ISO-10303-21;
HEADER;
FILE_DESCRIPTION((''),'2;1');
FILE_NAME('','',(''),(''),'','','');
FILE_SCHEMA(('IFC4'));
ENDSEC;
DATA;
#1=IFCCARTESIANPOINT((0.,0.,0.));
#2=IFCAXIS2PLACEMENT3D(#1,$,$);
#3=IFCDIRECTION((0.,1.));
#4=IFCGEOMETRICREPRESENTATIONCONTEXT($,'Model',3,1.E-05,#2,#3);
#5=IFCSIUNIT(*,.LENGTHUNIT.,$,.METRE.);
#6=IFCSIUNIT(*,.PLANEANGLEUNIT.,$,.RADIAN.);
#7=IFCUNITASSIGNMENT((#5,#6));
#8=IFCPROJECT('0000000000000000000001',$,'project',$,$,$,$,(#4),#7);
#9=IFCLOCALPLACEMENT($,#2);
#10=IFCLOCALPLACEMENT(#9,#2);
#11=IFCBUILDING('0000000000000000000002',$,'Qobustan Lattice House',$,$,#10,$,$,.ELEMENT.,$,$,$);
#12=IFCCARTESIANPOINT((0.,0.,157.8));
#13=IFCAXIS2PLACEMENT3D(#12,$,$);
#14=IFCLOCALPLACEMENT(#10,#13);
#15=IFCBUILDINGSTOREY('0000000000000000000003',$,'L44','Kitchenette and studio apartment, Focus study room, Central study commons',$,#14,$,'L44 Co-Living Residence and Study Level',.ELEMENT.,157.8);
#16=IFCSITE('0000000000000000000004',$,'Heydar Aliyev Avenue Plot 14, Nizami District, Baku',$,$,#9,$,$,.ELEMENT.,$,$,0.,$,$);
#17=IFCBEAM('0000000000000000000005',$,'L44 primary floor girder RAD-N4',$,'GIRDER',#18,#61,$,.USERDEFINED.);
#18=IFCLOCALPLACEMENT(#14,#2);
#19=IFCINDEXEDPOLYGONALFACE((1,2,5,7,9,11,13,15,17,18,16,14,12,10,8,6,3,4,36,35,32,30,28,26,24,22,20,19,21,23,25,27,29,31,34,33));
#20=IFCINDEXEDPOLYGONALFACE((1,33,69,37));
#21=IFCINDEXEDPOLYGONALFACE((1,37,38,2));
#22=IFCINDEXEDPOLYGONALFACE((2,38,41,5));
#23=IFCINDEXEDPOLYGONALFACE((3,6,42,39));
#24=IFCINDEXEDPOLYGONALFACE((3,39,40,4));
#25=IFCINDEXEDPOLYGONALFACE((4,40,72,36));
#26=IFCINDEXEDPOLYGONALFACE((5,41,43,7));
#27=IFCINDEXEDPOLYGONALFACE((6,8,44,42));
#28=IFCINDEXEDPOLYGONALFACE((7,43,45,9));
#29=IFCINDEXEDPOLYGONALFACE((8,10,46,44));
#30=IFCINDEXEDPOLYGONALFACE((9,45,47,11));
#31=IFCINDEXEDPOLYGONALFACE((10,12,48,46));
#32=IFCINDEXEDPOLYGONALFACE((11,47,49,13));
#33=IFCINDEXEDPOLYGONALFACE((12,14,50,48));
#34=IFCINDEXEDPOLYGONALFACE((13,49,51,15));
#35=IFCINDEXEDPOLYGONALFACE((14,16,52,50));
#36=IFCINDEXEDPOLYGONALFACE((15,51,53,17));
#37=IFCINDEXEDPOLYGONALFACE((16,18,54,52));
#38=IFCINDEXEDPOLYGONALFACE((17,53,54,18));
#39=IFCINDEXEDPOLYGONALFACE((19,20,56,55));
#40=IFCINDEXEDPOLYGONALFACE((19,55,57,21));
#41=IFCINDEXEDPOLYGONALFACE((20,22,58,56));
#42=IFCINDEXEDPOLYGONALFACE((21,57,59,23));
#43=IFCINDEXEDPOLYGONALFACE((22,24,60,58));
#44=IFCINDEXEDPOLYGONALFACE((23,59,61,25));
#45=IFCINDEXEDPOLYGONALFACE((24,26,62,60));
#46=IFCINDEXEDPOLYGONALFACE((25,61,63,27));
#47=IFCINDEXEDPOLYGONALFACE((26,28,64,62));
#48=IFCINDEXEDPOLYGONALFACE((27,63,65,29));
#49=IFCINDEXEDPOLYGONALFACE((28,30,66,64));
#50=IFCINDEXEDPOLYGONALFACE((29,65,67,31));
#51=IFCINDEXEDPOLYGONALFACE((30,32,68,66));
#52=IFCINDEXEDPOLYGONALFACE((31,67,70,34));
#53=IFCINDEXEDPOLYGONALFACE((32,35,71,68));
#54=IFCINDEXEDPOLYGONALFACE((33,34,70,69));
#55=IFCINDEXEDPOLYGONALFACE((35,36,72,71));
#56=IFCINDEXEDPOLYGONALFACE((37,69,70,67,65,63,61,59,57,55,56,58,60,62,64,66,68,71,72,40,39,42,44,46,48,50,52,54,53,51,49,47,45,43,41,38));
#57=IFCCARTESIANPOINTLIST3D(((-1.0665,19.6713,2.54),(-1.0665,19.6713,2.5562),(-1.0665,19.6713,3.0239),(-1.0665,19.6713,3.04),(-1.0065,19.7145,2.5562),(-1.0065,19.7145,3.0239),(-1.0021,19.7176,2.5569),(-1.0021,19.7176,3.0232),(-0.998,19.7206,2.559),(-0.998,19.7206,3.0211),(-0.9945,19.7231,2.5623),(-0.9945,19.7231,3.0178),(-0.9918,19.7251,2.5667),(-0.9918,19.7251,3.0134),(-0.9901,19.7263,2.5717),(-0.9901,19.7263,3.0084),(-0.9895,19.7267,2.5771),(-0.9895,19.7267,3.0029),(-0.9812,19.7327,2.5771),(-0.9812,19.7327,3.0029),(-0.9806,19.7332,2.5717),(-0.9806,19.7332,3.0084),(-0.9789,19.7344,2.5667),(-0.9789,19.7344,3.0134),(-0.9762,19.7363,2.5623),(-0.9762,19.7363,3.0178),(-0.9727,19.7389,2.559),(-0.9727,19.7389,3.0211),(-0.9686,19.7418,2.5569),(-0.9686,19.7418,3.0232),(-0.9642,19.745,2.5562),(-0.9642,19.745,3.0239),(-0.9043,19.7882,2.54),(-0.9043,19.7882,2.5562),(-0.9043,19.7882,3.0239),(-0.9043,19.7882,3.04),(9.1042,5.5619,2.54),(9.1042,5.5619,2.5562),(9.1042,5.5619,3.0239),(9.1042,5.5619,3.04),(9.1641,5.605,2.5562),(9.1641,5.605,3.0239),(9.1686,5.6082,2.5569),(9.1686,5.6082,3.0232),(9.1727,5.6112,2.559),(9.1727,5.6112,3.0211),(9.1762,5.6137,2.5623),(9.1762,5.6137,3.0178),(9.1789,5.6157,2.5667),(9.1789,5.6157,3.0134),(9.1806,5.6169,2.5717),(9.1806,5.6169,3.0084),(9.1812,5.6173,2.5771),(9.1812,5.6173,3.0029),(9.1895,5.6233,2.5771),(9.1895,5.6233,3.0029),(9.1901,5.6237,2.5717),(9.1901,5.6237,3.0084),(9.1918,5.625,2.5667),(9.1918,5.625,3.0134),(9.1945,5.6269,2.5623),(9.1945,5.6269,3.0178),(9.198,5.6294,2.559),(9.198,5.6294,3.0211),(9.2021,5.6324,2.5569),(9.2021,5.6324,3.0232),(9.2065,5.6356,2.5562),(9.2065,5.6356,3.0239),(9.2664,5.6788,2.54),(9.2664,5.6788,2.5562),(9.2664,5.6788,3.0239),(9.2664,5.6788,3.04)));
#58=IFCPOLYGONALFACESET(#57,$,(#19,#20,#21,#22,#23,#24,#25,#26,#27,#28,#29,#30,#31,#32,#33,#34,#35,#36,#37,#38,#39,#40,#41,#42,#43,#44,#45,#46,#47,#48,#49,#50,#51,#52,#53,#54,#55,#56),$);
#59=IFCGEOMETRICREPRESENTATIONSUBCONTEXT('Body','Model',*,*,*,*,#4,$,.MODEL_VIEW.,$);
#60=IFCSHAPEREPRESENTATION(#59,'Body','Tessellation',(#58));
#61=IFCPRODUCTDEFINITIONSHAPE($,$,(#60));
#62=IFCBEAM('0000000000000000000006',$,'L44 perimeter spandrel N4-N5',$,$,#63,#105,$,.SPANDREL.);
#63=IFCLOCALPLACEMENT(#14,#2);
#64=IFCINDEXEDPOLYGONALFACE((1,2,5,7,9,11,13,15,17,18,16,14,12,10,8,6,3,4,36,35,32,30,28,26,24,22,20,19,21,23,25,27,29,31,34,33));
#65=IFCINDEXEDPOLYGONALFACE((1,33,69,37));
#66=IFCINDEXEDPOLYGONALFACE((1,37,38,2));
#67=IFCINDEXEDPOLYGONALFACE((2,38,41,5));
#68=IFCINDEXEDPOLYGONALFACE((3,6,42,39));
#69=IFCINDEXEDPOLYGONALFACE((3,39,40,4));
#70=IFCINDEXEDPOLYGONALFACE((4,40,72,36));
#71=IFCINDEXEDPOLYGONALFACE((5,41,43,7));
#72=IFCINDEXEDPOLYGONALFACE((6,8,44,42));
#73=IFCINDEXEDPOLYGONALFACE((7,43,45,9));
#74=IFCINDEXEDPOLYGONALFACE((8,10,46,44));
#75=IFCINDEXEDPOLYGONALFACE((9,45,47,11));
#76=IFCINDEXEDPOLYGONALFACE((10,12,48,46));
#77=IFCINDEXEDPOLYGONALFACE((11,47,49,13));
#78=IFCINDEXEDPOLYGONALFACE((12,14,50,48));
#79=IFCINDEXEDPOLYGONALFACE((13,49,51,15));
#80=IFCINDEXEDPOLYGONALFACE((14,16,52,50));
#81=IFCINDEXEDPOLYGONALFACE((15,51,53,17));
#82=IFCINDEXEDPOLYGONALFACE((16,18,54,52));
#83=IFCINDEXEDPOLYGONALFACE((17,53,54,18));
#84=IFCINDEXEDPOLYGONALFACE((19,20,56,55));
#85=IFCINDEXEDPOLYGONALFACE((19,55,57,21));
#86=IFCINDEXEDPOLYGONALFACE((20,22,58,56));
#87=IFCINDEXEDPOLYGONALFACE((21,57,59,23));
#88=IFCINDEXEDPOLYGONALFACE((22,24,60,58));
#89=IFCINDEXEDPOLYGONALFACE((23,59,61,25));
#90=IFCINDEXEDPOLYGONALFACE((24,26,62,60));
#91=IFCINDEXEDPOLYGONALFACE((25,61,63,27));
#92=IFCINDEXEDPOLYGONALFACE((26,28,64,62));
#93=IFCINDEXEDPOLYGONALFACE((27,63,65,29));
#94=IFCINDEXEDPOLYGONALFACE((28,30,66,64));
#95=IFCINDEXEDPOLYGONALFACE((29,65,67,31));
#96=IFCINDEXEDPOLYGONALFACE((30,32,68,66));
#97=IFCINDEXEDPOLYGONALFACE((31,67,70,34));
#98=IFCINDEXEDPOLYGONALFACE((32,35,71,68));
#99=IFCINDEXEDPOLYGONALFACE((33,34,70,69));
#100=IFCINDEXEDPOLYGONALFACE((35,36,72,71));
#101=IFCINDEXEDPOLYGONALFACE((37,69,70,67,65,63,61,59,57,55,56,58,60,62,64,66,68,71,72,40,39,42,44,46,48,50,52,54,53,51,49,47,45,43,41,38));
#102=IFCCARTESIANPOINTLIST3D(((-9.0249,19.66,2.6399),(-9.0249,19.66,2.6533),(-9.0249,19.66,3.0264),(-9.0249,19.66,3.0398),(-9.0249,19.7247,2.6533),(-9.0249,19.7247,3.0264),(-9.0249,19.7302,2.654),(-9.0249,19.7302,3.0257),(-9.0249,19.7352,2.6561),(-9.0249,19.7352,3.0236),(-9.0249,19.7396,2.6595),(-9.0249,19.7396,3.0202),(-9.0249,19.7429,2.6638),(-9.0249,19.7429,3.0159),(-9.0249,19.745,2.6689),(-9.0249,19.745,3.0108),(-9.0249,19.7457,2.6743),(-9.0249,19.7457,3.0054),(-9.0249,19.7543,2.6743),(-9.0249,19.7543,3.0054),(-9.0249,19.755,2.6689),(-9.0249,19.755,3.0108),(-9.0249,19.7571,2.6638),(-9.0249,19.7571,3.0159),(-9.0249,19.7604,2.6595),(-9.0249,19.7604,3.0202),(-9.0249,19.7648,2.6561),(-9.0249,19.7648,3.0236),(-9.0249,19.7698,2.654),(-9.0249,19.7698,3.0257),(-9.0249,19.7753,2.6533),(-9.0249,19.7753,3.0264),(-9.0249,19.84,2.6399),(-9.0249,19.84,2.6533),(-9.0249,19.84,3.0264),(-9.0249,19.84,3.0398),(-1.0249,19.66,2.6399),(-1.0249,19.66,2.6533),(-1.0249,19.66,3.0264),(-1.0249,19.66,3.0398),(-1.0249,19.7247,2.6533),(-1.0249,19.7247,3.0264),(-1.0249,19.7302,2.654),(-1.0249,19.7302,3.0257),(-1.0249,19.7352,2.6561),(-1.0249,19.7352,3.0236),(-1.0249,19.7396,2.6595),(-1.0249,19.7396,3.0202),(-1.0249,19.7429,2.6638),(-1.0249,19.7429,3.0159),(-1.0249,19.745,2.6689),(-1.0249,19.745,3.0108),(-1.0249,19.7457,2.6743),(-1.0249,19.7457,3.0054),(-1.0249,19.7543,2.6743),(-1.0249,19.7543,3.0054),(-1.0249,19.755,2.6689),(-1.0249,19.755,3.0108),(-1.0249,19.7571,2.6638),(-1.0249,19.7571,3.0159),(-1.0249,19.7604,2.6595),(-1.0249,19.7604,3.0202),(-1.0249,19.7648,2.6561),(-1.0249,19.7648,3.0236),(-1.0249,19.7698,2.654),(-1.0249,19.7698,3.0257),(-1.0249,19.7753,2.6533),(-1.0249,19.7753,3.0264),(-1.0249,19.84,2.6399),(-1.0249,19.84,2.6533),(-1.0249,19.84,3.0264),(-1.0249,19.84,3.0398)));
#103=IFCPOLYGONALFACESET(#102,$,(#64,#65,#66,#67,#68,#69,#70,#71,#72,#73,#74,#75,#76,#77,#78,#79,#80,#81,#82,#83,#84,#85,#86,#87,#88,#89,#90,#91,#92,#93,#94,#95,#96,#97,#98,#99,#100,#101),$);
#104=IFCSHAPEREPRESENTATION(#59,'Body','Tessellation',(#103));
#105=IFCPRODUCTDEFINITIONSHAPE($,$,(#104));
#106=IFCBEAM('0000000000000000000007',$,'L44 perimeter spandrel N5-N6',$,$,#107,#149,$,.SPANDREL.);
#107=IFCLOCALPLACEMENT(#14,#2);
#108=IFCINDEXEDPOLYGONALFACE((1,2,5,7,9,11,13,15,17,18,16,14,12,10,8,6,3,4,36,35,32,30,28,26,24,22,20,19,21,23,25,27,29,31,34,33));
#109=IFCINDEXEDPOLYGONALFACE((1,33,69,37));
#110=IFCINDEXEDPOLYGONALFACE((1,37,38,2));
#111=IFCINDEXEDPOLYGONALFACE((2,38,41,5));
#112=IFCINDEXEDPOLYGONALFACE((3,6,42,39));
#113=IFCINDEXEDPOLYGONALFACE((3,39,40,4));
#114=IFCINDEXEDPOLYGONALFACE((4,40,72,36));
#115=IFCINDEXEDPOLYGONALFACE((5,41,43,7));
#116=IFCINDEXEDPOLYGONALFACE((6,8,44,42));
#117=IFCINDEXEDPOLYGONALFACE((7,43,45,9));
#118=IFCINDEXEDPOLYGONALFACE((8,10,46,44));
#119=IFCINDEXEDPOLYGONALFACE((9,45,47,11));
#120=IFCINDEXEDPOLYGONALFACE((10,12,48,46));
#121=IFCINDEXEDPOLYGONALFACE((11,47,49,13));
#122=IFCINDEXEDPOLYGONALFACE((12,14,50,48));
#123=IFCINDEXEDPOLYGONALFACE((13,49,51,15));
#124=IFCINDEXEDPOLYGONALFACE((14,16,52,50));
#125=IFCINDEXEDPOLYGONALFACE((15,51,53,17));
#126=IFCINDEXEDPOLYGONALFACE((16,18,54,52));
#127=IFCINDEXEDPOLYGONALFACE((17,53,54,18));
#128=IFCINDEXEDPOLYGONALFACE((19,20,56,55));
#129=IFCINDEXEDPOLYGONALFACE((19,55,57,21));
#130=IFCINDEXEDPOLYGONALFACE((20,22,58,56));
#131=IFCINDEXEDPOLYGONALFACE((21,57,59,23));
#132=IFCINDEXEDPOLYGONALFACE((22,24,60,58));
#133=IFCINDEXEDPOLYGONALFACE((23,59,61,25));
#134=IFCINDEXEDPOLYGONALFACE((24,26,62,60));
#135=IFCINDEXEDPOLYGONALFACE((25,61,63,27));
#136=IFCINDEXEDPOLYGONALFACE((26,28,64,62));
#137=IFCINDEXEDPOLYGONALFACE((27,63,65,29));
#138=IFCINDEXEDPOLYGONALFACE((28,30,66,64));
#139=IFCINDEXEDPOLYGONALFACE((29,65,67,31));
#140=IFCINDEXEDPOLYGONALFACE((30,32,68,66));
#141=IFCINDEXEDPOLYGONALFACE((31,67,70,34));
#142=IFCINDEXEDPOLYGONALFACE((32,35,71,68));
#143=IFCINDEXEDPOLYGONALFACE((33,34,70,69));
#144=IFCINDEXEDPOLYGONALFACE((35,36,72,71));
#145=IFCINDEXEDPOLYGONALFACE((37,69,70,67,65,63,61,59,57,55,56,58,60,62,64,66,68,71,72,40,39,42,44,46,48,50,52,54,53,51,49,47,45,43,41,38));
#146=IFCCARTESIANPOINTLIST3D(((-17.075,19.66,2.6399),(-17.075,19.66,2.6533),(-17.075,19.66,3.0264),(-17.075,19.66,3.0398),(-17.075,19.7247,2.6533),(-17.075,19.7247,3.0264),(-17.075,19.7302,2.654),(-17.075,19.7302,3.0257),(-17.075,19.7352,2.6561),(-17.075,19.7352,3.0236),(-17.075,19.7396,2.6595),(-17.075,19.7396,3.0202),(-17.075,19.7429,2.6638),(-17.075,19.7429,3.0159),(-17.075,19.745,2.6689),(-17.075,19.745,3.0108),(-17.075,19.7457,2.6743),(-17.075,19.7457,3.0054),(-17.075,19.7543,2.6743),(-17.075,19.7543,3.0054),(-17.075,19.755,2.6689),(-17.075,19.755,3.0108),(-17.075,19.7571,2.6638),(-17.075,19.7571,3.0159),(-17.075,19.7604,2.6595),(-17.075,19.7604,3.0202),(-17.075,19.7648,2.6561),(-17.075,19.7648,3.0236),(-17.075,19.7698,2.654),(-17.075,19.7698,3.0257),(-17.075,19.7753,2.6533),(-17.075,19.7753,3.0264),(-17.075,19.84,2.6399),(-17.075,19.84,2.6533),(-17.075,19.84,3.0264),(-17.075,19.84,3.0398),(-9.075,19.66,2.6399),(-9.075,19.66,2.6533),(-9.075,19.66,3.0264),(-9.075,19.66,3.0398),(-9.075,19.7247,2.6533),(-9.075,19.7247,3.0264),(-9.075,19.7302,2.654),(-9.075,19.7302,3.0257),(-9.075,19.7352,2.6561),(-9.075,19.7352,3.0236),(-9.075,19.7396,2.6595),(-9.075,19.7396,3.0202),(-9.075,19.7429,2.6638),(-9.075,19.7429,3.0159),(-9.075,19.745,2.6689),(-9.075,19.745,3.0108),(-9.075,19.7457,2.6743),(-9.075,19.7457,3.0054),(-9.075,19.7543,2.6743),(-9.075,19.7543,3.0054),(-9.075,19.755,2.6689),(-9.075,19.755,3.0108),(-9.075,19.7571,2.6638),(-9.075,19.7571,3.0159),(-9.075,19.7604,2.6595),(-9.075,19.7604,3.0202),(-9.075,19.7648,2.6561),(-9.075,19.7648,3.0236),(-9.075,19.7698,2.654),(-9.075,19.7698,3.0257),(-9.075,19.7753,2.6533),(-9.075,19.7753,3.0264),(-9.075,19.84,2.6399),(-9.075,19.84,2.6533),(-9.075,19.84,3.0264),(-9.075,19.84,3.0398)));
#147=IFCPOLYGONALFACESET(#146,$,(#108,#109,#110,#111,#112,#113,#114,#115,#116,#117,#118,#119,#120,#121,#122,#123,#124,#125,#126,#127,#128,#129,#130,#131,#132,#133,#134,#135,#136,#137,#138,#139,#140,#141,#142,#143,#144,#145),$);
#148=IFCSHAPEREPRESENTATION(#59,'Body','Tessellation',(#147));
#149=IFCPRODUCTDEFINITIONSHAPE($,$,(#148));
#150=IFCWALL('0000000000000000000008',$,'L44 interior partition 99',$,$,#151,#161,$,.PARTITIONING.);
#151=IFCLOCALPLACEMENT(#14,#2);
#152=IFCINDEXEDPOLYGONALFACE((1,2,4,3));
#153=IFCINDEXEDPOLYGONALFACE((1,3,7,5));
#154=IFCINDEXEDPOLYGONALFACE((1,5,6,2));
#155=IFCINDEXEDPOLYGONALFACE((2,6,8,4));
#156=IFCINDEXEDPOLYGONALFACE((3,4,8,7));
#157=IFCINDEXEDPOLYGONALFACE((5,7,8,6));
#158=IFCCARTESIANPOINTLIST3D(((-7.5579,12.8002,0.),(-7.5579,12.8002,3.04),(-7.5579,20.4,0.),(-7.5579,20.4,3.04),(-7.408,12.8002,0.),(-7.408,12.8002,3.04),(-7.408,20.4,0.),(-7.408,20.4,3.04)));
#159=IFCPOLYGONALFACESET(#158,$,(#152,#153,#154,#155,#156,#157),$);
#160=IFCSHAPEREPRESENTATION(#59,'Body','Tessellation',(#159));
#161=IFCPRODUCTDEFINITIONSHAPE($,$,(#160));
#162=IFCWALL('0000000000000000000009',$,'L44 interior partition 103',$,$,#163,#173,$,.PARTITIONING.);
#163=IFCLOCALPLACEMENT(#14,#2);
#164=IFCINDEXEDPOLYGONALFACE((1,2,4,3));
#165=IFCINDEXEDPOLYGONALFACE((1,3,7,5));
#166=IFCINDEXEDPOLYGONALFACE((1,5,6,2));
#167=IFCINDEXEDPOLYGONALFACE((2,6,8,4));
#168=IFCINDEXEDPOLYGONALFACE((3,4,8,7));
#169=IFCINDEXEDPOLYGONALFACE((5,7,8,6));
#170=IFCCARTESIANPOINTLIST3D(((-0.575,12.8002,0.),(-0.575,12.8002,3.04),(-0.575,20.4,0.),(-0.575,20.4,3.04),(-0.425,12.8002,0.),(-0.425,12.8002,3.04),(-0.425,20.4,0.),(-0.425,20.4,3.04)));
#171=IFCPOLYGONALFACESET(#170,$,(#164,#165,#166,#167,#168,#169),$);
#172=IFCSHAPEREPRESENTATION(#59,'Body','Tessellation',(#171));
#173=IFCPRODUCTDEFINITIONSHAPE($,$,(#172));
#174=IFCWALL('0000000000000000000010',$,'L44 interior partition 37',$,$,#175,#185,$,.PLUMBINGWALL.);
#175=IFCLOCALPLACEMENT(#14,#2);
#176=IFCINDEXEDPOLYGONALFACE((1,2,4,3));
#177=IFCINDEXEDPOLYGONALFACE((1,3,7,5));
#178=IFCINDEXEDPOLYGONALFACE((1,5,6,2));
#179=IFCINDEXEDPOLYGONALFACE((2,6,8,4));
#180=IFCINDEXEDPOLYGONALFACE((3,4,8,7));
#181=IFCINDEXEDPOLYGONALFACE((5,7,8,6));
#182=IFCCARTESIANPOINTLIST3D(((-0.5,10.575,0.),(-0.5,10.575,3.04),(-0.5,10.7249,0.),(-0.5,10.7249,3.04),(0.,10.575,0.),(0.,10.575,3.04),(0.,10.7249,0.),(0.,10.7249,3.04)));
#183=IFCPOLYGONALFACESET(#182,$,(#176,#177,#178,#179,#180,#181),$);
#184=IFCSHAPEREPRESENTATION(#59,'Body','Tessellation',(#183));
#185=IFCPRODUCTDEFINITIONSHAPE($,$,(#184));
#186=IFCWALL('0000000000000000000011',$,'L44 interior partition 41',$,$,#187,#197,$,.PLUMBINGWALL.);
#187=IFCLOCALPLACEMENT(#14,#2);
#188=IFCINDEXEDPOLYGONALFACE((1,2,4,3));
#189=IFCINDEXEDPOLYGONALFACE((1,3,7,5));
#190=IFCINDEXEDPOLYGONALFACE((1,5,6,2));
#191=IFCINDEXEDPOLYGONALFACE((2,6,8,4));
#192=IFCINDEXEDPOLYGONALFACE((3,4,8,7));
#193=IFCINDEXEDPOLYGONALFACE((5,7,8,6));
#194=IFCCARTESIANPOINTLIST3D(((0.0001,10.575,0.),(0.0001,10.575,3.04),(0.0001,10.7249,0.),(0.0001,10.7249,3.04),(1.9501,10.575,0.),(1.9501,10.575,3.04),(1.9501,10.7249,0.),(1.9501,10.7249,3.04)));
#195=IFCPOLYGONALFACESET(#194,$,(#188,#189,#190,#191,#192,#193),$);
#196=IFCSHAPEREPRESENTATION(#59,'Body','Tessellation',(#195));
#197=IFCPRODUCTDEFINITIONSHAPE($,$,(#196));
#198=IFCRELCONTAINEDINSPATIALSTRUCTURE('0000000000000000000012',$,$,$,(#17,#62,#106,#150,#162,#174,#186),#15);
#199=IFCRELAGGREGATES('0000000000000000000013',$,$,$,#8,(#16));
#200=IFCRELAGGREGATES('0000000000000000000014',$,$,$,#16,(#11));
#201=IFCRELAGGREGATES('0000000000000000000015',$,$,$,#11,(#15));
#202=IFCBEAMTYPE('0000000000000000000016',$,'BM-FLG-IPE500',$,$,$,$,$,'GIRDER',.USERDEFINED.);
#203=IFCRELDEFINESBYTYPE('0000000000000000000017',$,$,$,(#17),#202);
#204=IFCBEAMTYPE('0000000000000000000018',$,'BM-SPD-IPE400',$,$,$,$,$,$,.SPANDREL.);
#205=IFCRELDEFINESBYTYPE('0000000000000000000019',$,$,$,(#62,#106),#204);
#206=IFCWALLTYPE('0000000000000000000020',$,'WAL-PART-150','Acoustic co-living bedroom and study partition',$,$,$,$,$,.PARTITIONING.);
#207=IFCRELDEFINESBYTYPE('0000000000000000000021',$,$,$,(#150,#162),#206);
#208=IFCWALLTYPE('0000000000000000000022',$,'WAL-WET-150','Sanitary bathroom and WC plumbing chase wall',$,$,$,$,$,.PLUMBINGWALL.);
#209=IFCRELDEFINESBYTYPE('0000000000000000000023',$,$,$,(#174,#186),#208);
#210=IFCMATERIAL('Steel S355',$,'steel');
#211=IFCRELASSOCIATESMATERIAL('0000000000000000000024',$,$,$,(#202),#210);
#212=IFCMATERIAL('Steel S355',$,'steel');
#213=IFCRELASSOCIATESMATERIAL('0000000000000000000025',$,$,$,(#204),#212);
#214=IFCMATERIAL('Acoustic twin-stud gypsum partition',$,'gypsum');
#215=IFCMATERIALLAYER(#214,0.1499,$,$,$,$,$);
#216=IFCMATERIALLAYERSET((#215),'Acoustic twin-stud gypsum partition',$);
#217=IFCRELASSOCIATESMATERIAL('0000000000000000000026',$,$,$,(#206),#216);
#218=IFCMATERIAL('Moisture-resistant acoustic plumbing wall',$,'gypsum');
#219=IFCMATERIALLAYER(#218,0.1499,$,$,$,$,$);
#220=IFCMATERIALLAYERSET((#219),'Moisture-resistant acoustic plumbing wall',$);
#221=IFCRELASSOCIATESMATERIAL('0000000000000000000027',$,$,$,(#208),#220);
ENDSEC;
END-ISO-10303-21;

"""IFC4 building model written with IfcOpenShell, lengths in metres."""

from ifc_helpers import new_model, si_unit, direction, frame, frame_2d, origin, origin_2d, place, context, subcontext, project, spatial, rectangle, i_section, extrude, material, layer, layer_set, material_profile, profile_set, type_object, element, save


model = new_model("IFC4")

# Units and contexts
model_context = context("Model", 3, precision=1e-05, world=origin(), true_north=direction((0.0, 1.0)))
body_context = subcontext(model_context, "Body", "Model", "MODEL_VIEW")
ifc_project = project(units=[si_unit("LENGTHUNIT", "METRE"), si_unit("PLANEANGLEUNIT", "RADIAN")], contexts=[model_context])

# Site, building, storey
site_placement = place(None, origin())
site = spatial("IfcSite", under=ifc_project, at=site_placement, Name="Heydar Aliyev Avenue Plot 14, Nizami District, Baku", CompositionType="ELEMENT", RefElevation=0.0)
building_placement = place(site_placement, origin())
building = spatial("IfcBuilding", under=site, at=building_placement, Name="Qobustan Lattice House", CompositionType="ELEMENT")
storey_placement = place(building_placement, frame((0.0, 0.0, 157.8)))
storey = spatial("IfcBuildingStorey", under=building, at=storey_placement, Name="L44", Description="Kitchenette and studio apartment, Focus study room, Central study commons", LongName="L44 Co-Living Residence and Study Level", CompositionType="ELEMENT", Elevation=157.8)

# Beams
ifc_material_1 = material(Name="Steel S355", Category="steel")
ifc_material_profile_1 = material_profile(ifc_material_1, i_section(OverallWidth=0.2, OverallDepth=0.5, WebThickness=0.0103, FlangeThickness=0.0161, FilletRadius=0.021, at=origin_2d()), Name="IPE500")
ifc_profile_set_1 = profile_set([ifc_material_profile_1], Name="Steel S355")
beam_type_1 = type_object("IfcBeamType", Name="BM-FLG-IPE500", ElementType="GIRDER", PredefinedType="USERDEFINED", material=ifc_profile_set_1)
beam_1_placement = place(storey_placement, frame((-0.9854, 19.7297, 2.79), z_axis=(0.584755, -0.81121, 0.0), x_axis=(0.81121, 0.584755, 0.0)))
element("IfcBeam", 1, at=beam_1_placement, inside=storey, type_object=beam_type_1, Name="L44 primary floor girder RAD-N4", ObjectType="GIRDER", PredefinedType="USERDEFINED", context=body_context, shape_type="SweptSolid", body=[
    extrude(i_section(OverallWidth=0.2, OverallDepth=0.5, WebThickness=0.0103, FlangeThickness=0.0161, FilletRadius=0.021, at=origin_2d()), origin(), (0.0, 0.0, 1.0), 17.3931),
])
ifc_material_2 = material(Name="Steel S355", Category="steel")
ifc_material_profile_2 = material_profile(ifc_material_2, i_section(OverallWidth=0.1799, OverallDepth=0.3999, WebThickness=0.0085, FlangeThickness=0.0134, FilletRadius=0.021, at=origin_2d()), Name="IPE400")
ifc_profile_set_2 = profile_set([ifc_material_profile_2], Name="Steel S355")
beam_type_2 = type_object("IfcBeamType", Name="BM-SPD-IPE400", PredefinedType="SPANDREL", material=ifc_profile_set_2)
for number, where, z_axis, x_axis, name in (
    (2, (-1.0249, 19.75, 2.8398), (-1.0, 0.0, 0.0), (0.0, -1.0, 0.0), "L44 perimeter spandrel N4-N5"),
    (3, (-9.075, 19.75, 2.8398), (-1.0, 0.0, 0.0), (0.0, -1.0, 0.0), "L44 perimeter spandrel N5-N6"),
):
    element("IfcBeam", number, at=place(storey_placement, frame(where, z_axis=z_axis, x_axis=x_axis)), inside=storey, type_object=beam_type_2, Name=name, PredefinedType="SPANDREL", context=body_context, shape_type="SweptSolid", body=[
        extrude(i_section(OverallWidth=0.1799, OverallDepth=0.3999, WebThickness=0.0085, FlangeThickness=0.0134, FilletRadius=0.021, at=origin_2d()), origin(), (0.0, 0.0, 1.0), 8.0),
    ])

# Walls
ifc_material_3 = material(Name="Acoustic twin-stud gypsum partition", Category="gypsum")
ifc_layer_1 = layer(ifc_material_3, 0.1499)
ifc_layer_set_1 = layer_set([ifc_layer_1], Name="Acoustic twin-stud gypsum partition")
wall_type_1 = type_object("IfcWallType", Name="WAL-PART-150", Description="Acoustic co-living bedroom and study partition", PredefinedType="PARTITIONING", material=ifc_layer_set_1)
for number, where, z_axis, x_axis, name in (
    (4, (-7.4829, 20.3999, 0.0), (0.0, 0.0, 1.0), (0.0, -1.0, 0.0), "L44 interior partition 99"),
    (5, (-0.5, 20.3999, 0.0), (0.0, 0.0, 1.0), (0.0, -1.0, 0.0), "L44 interior partition 103"),
):
    element("IfcWall", number, at=place(storey_placement, frame(where, z_axis=z_axis, x_axis=x_axis)), inside=storey, type_object=wall_type_1, Name=name, PredefinedType="PARTITIONING", context=body_context, shape_type="SweptSolid", body=[
        extrude(rectangle(XDim=7.5999, YDim=0.1499, at=frame_2d((3.7998, 0.0))), origin(), (0.0, 0.0, 1.0), 3.04),
    ])
ifc_material_4 = material(Name="Moisture-resistant acoustic plumbing wall", Category="gypsum")
ifc_layer_2 = layer(ifc_material_4, 0.1499)
ifc_layer_set_2 = layer_set([ifc_layer_2], Name="Moisture-resistant acoustic plumbing wall")
wall_type_2 = type_object("IfcWallType", Name="WAL-WET-150", Description="Sanitary bathroom and WC plumbing chase wall", PredefinedType="PLUMBINGWALL", material=ifc_layer_set_2)
wall_1_placement = place(storey_placement, frame((-0.5, 10.6499, 0.0), z_axis=(0.0, 0.0, 1.0), x_axis=(1.0, 0.0, 0.0)))
element("IfcWall", 6, at=wall_1_placement, inside=storey, type_object=wall_type_2, Name="L44 interior partition 37", PredefinedType="PLUMBINGWALL", context=body_context, shape_type="SweptSolid", body=[
    extrude(rectangle(XDim=0.5, YDim=0.1499, at=frame_2d((0.25, 0.0))), origin(), (0.0, 0.0, 1.0), 3.04),
])
wall_2_placement = place(storey_placement, frame((0.0, 10.6499, 0.0), z_axis=(0.0, 0.0, 1.0), x_axis=(1.0, 0.0, 0.0)))
element("IfcWall", 7, at=wall_2_placement, inside=storey, type_object=wall_type_2, Name="L44 interior partition 41", PredefinedType="PLUMBINGWALL", context=body_context, shape_type="SweptSolid", body=[
    extrude(rectangle(XDim=1.95, YDim=0.1499, at=frame_2d((0.9751, 0.0))), origin(), (0.0, 0.0, 1.0), 3.04),
])

save(model, "model.ifc")
